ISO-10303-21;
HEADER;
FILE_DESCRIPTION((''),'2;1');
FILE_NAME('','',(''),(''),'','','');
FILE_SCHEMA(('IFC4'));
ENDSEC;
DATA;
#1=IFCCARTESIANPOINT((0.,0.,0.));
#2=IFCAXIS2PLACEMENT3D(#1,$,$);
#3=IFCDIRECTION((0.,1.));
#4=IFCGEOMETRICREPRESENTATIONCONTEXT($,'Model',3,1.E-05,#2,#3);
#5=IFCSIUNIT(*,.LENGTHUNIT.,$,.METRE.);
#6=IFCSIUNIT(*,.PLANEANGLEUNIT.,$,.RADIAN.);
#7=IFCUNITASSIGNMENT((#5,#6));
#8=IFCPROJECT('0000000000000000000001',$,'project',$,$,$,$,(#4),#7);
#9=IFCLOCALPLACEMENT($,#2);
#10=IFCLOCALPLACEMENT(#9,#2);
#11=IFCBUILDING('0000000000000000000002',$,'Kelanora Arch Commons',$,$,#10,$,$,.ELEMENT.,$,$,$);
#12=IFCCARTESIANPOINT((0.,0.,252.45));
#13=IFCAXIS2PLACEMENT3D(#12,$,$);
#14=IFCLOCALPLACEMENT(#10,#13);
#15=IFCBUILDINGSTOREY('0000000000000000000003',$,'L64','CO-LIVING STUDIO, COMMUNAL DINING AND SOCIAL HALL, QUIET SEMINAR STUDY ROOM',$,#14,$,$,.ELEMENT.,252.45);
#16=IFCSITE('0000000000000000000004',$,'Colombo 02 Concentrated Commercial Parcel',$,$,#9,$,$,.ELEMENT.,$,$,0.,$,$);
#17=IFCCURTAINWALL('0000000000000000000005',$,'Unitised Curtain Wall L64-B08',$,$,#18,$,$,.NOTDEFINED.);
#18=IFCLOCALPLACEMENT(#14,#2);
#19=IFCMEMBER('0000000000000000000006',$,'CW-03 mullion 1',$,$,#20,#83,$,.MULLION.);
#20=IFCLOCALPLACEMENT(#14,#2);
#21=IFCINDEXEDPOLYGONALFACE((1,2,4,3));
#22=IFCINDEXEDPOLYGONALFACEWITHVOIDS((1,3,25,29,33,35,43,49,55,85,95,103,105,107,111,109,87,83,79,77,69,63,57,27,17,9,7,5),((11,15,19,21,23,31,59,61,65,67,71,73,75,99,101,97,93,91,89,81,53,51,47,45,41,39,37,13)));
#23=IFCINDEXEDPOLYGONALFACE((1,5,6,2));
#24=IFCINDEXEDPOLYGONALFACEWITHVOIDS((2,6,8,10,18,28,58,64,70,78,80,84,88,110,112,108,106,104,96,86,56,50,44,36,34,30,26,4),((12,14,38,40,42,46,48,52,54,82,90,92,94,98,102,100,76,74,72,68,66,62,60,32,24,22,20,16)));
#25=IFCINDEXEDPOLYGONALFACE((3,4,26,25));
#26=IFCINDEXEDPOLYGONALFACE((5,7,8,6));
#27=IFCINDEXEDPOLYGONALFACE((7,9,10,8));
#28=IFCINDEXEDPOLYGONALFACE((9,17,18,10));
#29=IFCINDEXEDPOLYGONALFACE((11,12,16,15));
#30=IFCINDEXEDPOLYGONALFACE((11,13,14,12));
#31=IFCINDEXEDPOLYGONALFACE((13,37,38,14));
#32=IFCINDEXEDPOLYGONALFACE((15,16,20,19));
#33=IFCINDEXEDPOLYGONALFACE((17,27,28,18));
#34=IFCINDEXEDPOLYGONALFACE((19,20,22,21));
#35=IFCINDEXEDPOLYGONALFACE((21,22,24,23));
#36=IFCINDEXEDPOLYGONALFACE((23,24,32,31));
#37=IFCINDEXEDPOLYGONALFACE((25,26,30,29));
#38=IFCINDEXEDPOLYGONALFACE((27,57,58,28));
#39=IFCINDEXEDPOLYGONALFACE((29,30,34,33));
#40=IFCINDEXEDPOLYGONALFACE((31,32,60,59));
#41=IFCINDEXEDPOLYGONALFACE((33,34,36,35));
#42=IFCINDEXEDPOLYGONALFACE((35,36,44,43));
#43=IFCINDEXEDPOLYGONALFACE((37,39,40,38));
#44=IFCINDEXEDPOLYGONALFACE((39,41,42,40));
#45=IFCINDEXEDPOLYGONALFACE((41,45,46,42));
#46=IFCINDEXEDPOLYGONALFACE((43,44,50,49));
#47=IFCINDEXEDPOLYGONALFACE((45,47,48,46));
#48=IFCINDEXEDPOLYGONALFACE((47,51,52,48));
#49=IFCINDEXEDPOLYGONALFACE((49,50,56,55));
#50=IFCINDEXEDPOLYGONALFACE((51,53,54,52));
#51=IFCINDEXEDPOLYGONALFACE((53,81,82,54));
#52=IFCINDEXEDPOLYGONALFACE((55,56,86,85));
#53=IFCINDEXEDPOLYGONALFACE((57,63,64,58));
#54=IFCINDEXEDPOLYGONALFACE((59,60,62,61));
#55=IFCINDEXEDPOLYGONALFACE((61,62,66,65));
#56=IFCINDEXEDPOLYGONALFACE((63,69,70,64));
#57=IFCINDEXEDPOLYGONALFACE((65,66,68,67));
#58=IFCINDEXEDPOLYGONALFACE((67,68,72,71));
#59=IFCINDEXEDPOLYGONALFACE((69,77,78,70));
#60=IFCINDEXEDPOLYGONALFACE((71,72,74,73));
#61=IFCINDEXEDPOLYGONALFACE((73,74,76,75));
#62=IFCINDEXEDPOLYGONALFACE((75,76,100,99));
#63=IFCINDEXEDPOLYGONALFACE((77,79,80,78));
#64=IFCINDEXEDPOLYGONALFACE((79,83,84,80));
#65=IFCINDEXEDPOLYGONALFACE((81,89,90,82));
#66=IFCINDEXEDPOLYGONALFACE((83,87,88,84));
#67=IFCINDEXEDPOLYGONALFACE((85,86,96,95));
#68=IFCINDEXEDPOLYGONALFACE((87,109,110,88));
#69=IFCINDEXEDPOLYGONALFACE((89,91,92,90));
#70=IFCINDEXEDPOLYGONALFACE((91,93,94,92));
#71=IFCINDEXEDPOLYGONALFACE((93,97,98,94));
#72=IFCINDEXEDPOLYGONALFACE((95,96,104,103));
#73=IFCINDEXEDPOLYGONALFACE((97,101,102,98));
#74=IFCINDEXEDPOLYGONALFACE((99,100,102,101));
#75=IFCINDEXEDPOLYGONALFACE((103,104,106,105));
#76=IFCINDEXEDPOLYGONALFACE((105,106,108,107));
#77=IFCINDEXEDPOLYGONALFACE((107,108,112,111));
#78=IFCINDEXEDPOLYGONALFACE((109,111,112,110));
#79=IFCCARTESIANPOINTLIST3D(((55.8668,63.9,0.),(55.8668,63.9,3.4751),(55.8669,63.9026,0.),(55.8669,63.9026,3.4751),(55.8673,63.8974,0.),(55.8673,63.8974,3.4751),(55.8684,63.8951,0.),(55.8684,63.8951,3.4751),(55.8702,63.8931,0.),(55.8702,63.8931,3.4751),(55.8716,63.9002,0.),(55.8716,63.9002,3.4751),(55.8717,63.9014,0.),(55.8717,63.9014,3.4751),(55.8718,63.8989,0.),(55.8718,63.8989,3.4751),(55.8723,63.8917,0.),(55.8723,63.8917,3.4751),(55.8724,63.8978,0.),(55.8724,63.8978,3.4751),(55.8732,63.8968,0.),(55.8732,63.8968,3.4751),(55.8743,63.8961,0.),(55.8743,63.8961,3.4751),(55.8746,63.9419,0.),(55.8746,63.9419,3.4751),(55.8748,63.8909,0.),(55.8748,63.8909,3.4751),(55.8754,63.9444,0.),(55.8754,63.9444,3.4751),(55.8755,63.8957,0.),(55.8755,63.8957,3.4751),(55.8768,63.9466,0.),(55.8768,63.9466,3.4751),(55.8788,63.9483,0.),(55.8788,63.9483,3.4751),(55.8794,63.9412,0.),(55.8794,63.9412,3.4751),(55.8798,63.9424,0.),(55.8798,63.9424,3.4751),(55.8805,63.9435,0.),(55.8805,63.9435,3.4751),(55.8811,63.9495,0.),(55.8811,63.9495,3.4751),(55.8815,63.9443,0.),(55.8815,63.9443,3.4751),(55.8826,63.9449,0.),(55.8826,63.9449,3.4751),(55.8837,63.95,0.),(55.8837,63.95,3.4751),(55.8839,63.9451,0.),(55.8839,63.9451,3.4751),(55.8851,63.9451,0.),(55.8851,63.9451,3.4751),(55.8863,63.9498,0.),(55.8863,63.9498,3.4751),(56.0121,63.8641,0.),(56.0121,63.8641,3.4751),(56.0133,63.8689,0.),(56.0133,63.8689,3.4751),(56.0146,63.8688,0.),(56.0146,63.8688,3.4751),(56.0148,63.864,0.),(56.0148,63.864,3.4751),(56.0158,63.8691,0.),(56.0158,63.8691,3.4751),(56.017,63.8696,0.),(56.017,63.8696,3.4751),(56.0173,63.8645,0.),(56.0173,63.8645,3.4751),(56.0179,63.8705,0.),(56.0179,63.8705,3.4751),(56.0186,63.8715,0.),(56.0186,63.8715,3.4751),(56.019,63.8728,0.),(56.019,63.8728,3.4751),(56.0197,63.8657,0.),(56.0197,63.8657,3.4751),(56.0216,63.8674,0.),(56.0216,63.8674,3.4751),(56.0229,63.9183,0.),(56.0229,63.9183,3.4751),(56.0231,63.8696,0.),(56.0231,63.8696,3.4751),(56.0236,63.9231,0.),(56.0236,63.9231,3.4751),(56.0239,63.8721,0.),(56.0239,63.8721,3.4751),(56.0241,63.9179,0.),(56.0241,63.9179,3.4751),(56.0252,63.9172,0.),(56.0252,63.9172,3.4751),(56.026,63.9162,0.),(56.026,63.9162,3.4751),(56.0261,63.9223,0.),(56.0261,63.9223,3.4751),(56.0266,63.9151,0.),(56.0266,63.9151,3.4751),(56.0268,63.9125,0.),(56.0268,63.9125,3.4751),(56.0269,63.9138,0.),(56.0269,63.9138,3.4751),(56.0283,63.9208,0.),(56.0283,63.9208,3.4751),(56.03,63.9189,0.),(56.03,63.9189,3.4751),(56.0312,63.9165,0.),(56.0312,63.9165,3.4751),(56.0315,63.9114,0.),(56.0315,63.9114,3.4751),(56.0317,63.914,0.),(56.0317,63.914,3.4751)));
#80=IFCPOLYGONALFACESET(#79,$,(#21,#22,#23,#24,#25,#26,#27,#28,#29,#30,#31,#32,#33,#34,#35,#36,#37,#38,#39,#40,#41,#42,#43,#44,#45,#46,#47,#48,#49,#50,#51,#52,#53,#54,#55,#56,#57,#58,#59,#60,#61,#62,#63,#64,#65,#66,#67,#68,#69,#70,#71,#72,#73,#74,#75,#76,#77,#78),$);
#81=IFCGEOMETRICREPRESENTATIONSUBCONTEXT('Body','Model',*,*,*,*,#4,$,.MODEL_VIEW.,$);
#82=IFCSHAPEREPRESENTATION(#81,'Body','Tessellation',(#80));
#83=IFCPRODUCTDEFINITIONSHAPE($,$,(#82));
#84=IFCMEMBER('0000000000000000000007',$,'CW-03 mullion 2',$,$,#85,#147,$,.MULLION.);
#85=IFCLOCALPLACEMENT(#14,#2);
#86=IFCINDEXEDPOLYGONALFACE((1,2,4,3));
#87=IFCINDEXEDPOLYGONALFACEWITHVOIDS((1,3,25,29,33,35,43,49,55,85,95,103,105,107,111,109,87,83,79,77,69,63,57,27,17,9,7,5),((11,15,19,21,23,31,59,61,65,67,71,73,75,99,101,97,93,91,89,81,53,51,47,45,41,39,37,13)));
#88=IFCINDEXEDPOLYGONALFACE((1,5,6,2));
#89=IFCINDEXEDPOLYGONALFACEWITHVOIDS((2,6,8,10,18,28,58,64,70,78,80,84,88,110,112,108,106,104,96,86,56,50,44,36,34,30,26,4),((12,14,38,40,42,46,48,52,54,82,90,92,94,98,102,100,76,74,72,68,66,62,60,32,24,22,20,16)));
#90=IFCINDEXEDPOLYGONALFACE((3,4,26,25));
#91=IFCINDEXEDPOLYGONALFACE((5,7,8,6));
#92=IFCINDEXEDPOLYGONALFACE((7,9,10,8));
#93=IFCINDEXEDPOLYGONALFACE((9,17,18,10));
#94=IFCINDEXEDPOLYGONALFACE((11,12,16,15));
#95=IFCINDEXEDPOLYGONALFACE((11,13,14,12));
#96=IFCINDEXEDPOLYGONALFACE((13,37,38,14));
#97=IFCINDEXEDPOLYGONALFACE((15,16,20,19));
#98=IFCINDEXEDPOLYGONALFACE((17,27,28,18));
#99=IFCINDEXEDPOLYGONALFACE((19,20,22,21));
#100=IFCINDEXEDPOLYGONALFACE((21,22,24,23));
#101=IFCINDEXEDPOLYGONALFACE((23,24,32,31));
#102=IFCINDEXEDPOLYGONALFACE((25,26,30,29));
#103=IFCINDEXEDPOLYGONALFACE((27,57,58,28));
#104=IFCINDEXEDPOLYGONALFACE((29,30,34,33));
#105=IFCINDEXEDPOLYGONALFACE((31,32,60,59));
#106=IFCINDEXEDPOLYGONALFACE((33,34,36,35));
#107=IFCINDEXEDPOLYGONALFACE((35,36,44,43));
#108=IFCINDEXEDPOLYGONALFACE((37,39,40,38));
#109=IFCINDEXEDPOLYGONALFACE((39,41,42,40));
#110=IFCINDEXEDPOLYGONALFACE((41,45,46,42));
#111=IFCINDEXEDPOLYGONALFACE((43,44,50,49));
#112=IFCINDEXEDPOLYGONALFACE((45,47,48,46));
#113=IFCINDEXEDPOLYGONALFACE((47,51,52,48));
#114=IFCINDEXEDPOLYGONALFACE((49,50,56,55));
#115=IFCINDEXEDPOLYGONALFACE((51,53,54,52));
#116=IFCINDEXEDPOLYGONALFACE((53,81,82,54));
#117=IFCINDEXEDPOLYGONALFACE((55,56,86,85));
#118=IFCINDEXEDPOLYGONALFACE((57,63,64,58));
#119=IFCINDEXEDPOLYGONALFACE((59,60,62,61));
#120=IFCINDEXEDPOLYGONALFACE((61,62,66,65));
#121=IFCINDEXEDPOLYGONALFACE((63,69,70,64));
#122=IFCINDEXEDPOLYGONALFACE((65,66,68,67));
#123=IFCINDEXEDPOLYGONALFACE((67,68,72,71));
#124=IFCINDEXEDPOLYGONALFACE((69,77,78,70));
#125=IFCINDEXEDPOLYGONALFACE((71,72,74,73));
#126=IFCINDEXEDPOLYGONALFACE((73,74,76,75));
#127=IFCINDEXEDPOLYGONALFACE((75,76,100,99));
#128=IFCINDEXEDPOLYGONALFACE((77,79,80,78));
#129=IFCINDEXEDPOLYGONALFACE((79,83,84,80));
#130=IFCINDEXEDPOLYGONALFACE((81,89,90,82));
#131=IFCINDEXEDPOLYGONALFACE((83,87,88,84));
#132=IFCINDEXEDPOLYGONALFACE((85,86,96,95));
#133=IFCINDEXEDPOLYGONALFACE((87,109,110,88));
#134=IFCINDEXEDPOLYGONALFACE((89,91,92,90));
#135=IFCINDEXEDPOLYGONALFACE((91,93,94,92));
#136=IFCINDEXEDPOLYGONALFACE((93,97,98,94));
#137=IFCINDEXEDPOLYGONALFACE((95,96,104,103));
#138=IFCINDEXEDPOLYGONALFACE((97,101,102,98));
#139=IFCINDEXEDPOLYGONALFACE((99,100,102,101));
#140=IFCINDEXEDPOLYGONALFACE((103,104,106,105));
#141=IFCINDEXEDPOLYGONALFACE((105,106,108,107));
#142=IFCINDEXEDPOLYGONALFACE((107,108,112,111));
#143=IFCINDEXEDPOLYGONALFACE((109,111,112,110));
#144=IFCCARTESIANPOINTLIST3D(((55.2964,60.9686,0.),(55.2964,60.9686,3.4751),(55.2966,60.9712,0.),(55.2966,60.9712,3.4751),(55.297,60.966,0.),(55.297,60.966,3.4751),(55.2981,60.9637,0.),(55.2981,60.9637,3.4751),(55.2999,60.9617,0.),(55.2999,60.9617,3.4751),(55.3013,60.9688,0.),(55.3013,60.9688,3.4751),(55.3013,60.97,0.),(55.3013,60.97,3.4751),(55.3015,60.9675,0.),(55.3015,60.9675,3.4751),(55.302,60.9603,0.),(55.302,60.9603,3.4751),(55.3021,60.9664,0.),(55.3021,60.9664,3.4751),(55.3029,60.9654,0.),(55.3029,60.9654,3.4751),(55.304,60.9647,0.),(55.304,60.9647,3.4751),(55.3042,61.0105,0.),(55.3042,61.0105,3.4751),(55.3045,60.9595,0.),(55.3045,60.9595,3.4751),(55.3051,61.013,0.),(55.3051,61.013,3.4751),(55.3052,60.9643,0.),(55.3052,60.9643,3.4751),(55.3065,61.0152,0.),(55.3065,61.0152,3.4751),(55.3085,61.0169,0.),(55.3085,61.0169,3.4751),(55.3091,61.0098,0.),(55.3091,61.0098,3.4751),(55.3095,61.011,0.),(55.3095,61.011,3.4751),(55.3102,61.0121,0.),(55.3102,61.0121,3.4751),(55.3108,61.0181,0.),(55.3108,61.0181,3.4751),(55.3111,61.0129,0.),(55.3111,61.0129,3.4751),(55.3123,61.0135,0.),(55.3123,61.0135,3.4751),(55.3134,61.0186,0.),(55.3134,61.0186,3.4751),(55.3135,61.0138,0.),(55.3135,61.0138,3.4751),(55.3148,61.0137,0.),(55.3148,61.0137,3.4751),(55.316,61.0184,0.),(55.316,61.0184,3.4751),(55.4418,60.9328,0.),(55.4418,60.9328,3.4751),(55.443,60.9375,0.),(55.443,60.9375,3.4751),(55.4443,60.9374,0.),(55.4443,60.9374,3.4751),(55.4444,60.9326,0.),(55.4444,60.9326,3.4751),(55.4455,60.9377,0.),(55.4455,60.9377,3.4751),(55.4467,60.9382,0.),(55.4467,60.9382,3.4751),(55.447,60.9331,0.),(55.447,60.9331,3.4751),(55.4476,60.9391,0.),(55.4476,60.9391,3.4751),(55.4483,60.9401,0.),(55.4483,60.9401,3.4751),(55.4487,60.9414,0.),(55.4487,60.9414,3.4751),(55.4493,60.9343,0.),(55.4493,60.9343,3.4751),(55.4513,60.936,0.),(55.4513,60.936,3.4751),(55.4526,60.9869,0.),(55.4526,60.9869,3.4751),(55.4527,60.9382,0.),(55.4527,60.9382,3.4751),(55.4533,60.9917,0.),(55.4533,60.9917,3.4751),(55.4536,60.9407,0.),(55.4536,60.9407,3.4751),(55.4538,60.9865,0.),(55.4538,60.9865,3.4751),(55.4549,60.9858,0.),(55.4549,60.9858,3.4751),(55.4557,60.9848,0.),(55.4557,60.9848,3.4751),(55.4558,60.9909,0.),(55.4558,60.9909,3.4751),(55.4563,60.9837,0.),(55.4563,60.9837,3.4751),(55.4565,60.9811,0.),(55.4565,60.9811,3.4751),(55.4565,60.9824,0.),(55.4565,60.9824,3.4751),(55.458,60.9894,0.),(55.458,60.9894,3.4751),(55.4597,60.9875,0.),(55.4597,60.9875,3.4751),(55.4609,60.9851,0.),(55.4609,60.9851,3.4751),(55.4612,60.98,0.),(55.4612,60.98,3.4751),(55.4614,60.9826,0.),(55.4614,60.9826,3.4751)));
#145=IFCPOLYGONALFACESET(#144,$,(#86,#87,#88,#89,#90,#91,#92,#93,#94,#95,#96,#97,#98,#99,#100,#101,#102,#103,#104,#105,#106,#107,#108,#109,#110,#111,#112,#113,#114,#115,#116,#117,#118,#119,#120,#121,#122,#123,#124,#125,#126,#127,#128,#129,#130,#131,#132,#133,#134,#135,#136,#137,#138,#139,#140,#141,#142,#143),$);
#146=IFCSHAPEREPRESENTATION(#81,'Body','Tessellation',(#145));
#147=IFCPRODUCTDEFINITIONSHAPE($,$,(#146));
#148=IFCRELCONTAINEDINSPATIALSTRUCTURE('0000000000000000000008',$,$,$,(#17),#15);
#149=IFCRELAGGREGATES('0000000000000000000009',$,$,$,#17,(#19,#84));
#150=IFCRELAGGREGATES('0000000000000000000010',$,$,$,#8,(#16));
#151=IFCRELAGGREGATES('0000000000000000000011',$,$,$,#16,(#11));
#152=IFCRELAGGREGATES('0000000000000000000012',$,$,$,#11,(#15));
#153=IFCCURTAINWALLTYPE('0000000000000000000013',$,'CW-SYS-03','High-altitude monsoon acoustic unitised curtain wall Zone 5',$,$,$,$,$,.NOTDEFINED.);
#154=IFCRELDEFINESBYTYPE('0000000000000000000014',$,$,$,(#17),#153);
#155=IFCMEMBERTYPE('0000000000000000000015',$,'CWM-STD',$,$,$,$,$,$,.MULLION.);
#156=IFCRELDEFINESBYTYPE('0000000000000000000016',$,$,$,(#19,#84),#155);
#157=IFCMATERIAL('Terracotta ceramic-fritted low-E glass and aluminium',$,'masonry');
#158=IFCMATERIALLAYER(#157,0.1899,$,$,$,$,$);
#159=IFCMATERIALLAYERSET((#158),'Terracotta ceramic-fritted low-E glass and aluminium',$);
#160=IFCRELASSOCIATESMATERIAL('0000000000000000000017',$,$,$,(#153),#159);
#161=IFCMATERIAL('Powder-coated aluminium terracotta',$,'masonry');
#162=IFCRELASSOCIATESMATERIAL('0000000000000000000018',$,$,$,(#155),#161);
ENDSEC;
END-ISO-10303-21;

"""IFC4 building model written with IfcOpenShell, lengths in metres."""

from ifc_helpers import new_model, si_unit, direction, frame, origin, origin_2d, place, context, subcontext, project, spatial, hollow_rectangle, extrude, material, layer, layer_set, material_profile, profile_set, type_object, element, aggregate, save


model = new_model("IFC4")

# Units and contexts
model_context = context("Model", 3, precision=1e-05, world=origin(), true_north=direction((0.0, 1.0)))
body_context = subcontext(model_context, "Body", "Model", "MODEL_VIEW")
ifc_project = project(units=[si_unit("LENGTHUNIT", "METRE"), si_unit("PLANEANGLEUNIT", "RADIAN")], contexts=[model_context])

# Site, building, storey
site_placement = place(None, origin())
site = spatial("IfcSite", under=ifc_project, at=site_placement, Name="Colombo 02 Concentrated Commercial Parcel", CompositionType="ELEMENT", RefElevation=0.0)
building_placement = place(site_placement, origin())
building = spatial("IfcBuilding", under=site, at=building_placement, Name="Kelanora Arch Commons", CompositionType="ELEMENT")
storey_placement = place(building_placement, frame((0.0, 0.0, 252.45)))
storey = spatial("IfcBuildingStorey", under=building, at=storey_placement, Name="L64", Description="CO-LIVING STUDIO, COMMUNAL DINING AND SOCIAL HALL, QUIET SEMINAR STUDY ROOM", CompositionType="ELEMENT", Elevation=252.45)

# Curtain wall, members
ifc_material_1 = material(Name="Terracotta ceramic-fritted low-E glass and aluminium", Category="masonry")
ifc_layer_1 = layer(ifc_material_1, 0.1899)
ifc_layer_set_1 = layer_set([ifc_layer_1], Name="Terracotta ceramic-fritted low-E glass and aluminium")
curtain_wall_type = type_object("IfcCurtainWallType", Name="CW-SYS-03", Description="High-altitude monsoon acoustic unitised curtain wall Zone 5", PredefinedType="NOTDEFINED", material=ifc_layer_set_1)
curtain_wall_placement = place(storey_placement, origin())
curtain_wall = element("IfcCurtainWall", 1, at=curtain_wall_placement, inside=storey, type_object=curtain_wall_type, Name="Unitised Curtain Wall L64-B08", PredefinedType="NOTDEFINED")
ifc_material_2 = material(Name="Powder-coated aluminium terracotta", Category="masonry")
ifc_material_profile_1 = material_profile(ifc_material_2, hollow_rectangle(XDim=0.1599, YDim=0.0601, WallThickness=0.0049, InnerFilletRadius=0.0049, OuterFilletRadius=0.01, at=origin_2d()), Name="CWM160x60")
ifc_profile_set_1 = profile_set([ifc_material_profile_1], Name="Powder-coated aluminium terracotta")
member_type_1 = type_object("IfcMemberType", Name="CWM-STD", PredefinedType="MULLION", material=ifc_profile_set_1)
member_1_placement = place(storey_placement, frame((55.9492, 63.907, 0.0), z_axis=(0.0, 0.0, 1.0), x_axis=(0.981596, -0.190972, 0.0)))
member_1 = element("IfcMember", 2, at=member_1_placement, type_object=member_type_1, Name="CW-03 mullion 1", PredefinedType="MULLION", context=body_context, shape_type="SweptSolid", body=[
    extrude(hollow_rectangle(XDim=0.1599, YDim=0.0601, WallThickness=0.0049, InnerFilletRadius=0.0049, OuterFilletRadius=0.01, at=origin_2d()), origin(), (0.0, 0.0, 1.0), 3.4751),
])
member_2_placement = place(storey_placement, frame((55.3789, 60.9756, 0.0), z_axis=(0.0, 0.0, 1.0), x_axis=(0.981596, -0.190972, 0.0)))
member_2 = element("IfcMember", 3, at=member_2_placement, type_object=member_type_1, Name="CW-03 mullion 2", PredefinedType="MULLION", context=body_context, shape_type="SweptSolid", body=[
    extrude(hollow_rectangle(XDim=0.1599, YDim=0.0601, WallThickness=0.0049, InnerFilletRadius=0.0049, OuterFilletRadius=0.01, at=origin_2d()), origin(), (0.0, 0.0, 1.0), 3.4751),
])
aggregate(curtain_wall, [member_1, member_2])

save(model, "model.ifc")
